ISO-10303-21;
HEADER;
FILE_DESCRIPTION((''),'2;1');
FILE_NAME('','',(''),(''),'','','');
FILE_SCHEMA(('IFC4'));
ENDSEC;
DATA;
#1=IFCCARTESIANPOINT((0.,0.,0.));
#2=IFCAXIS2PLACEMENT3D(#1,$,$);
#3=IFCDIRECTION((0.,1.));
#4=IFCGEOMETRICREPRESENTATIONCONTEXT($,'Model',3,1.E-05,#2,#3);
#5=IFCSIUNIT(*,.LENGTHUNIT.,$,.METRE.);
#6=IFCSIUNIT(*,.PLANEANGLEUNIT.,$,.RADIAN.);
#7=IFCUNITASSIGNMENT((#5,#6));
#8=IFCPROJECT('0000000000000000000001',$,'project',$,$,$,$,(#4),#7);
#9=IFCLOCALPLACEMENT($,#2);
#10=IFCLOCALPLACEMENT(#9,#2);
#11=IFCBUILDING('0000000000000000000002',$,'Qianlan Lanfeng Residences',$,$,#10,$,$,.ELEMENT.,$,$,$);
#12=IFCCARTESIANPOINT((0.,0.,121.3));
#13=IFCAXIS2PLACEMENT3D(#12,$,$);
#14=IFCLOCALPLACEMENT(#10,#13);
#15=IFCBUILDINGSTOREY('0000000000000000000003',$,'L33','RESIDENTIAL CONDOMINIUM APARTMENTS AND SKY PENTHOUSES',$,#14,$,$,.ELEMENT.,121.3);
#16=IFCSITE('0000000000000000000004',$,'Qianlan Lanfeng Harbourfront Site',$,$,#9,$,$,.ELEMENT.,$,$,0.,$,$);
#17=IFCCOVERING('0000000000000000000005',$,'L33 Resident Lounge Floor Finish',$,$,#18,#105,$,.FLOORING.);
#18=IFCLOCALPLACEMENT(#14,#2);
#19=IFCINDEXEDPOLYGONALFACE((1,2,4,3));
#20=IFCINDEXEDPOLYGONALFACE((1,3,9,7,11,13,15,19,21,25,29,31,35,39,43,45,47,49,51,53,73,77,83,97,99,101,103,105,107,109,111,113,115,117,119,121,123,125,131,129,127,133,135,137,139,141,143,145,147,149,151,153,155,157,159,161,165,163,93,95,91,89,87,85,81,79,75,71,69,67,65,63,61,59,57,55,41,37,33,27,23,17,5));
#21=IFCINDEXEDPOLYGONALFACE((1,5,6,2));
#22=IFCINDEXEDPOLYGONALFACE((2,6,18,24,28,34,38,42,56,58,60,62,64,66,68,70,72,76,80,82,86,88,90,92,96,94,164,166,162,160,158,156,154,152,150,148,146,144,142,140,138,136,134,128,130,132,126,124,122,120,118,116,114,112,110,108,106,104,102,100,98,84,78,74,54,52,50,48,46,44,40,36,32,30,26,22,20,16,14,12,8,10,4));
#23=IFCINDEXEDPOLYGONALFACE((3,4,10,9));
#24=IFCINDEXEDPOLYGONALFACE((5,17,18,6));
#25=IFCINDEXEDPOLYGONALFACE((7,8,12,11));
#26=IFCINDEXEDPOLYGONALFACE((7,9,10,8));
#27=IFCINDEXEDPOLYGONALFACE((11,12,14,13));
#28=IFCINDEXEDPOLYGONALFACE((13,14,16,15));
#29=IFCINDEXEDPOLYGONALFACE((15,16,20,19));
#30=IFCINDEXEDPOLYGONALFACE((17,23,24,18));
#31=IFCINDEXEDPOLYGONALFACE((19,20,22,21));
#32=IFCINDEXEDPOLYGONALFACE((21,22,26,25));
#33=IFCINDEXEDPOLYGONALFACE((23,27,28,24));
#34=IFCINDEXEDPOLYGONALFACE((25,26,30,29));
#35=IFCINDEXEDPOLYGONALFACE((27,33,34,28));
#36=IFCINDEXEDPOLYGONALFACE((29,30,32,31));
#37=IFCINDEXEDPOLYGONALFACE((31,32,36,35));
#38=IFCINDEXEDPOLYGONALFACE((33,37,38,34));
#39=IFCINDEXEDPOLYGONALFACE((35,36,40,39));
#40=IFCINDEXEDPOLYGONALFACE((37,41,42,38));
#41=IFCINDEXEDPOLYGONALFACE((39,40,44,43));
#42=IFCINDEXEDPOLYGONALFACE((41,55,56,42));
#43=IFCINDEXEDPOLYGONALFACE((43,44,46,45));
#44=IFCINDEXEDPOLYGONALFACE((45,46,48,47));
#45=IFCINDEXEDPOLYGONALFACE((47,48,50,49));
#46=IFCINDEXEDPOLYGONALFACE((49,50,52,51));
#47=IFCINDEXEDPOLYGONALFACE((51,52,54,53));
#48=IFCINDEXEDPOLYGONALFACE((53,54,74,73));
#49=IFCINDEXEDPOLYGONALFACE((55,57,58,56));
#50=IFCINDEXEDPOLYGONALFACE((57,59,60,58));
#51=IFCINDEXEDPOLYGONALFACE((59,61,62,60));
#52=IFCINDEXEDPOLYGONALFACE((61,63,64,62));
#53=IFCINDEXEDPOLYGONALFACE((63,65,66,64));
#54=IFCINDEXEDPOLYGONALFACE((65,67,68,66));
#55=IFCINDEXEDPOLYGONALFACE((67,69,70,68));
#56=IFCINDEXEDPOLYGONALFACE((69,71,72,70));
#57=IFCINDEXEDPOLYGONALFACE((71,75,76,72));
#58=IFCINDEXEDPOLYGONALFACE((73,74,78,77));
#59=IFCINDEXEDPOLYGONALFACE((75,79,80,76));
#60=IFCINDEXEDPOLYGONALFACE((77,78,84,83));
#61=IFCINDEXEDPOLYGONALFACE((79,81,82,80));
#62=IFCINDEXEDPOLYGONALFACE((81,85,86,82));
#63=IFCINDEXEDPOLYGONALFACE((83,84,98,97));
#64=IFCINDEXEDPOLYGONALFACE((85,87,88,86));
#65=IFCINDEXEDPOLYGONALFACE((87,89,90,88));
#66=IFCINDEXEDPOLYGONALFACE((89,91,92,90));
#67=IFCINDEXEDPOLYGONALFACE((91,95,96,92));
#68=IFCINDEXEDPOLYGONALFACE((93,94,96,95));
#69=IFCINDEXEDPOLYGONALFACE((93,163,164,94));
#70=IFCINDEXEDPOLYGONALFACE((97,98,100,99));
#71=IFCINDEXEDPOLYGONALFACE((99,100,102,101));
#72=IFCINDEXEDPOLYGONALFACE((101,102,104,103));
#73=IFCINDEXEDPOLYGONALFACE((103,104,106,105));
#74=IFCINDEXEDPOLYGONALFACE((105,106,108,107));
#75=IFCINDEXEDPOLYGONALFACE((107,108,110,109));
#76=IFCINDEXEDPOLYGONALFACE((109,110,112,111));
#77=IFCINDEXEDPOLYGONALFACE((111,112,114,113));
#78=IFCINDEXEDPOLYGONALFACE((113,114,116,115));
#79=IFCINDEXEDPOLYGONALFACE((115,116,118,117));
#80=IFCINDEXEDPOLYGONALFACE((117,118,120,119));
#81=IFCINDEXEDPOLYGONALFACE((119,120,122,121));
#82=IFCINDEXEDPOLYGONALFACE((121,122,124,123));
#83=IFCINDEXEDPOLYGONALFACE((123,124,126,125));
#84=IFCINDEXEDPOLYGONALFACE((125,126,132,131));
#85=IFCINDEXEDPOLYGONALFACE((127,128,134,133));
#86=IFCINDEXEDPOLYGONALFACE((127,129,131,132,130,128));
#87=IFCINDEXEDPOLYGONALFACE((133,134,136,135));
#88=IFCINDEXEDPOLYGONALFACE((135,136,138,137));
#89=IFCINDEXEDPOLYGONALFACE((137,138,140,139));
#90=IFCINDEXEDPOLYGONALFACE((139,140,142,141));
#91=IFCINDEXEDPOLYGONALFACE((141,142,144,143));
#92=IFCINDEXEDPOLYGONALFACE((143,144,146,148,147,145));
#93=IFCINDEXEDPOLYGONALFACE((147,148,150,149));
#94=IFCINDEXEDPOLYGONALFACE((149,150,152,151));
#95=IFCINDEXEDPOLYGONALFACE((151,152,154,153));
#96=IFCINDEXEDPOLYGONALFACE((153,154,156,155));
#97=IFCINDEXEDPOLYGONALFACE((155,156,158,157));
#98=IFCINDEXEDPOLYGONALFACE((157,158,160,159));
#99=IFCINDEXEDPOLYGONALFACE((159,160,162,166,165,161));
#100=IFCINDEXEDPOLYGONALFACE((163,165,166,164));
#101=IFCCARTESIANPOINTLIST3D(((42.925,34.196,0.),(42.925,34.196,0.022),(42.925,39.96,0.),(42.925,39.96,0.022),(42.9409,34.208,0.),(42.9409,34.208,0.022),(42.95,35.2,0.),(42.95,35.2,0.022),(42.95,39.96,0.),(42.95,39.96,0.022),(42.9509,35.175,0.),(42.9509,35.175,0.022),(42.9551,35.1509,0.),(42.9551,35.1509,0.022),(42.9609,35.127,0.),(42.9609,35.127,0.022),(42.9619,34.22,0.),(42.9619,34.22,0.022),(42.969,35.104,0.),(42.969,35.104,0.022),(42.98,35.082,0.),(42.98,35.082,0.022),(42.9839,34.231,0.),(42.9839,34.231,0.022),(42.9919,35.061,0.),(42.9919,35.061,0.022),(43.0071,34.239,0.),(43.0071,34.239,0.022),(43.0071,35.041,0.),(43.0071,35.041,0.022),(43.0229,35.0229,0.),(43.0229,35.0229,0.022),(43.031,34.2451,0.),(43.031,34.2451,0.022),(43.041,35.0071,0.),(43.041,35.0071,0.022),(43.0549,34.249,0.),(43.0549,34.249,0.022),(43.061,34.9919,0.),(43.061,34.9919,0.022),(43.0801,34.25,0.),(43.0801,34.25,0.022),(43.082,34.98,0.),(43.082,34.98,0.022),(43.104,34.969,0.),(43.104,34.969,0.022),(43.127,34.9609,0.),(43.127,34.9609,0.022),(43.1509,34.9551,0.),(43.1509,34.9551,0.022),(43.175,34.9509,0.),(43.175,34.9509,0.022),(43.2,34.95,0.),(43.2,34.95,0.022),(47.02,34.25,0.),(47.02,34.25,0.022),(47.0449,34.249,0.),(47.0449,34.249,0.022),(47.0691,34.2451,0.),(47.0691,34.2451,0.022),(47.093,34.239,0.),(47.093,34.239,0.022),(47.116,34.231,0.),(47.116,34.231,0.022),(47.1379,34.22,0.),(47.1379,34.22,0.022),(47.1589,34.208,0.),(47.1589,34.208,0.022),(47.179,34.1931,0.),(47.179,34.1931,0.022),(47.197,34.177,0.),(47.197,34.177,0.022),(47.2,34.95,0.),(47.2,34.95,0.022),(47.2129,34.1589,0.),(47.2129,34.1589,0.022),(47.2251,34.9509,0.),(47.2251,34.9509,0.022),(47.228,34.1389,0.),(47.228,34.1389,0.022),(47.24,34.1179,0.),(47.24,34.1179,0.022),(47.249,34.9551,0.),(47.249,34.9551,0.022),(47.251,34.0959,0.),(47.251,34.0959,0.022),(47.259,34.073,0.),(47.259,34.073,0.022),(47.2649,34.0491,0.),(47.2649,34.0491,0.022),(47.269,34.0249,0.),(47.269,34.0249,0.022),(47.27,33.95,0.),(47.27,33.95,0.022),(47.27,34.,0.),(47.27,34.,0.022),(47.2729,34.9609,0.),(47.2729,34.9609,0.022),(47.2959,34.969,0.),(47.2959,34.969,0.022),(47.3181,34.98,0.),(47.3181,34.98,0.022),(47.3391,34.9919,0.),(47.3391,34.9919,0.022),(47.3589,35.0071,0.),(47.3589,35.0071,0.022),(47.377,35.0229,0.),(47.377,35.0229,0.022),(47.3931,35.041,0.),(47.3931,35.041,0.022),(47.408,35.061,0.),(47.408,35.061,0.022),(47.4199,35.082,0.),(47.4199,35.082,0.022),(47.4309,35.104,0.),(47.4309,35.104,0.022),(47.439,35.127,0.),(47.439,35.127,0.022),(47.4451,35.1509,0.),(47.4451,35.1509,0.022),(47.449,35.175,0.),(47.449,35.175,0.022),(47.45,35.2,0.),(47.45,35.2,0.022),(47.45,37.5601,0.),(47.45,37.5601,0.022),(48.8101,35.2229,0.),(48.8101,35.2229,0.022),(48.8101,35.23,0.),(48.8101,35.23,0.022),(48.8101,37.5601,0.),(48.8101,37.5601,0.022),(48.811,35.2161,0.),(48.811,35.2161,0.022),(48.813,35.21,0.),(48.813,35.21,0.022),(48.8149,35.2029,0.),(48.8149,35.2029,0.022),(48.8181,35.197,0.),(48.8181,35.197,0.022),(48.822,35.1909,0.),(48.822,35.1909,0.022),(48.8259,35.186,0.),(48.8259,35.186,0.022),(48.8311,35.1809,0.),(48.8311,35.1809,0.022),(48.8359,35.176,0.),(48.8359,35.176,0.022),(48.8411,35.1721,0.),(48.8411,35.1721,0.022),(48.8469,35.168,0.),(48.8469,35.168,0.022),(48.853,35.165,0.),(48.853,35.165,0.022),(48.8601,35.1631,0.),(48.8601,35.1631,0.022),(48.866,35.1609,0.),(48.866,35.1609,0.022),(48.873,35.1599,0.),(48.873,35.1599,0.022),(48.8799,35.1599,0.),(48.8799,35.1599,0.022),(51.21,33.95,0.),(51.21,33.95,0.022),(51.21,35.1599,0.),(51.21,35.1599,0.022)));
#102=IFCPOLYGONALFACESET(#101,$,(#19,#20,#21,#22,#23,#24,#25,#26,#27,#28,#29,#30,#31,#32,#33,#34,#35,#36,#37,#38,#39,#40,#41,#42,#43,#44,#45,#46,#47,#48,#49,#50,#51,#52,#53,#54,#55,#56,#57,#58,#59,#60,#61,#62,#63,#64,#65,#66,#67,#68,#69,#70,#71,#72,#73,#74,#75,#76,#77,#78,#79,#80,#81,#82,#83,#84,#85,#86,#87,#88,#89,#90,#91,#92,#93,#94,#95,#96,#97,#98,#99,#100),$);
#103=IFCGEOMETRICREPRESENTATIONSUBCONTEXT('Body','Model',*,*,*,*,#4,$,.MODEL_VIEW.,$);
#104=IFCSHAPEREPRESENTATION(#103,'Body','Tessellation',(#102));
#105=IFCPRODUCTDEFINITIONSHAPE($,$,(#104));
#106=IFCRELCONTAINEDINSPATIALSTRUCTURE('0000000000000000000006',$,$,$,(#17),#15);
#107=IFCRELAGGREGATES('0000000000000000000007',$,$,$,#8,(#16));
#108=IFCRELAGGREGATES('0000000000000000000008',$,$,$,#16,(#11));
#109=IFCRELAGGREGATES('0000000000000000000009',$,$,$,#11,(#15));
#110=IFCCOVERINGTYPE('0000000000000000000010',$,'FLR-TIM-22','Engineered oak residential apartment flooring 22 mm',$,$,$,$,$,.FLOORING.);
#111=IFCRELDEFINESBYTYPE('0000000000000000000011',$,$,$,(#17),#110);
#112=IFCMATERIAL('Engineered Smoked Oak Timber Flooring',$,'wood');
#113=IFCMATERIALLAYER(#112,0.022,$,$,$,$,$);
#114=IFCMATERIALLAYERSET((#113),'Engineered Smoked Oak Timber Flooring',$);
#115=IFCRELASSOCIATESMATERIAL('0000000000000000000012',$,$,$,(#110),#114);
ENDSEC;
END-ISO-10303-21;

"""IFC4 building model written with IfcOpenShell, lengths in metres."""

from ifc_helpers import new_model, si_unit, direction, frame, origin, place, context, subcontext, project, spatial, polyline, outline, extrude, material, layer, layer_set, type_object, element, save


model = new_model("IFC4")

# Units and contexts
model_context = context("Model", 3, precision=1e-05, world=origin(), true_north=direction((0.0, 1.0)))
body_context = subcontext(model_context, "Body", "Model", "MODEL_VIEW")
ifc_project = project(units=[si_unit("LENGTHUNIT", "METRE"), si_unit("PLANEANGLEUNIT", "RADIAN")], contexts=[model_context])

# Site, building, storey
site_placement = place(None, origin())
site = spatial("IfcSite", under=ifc_project, at=site_placement, Name="Qianlan Lanfeng Harbourfront Site", CompositionType="ELEMENT", RefElevation=0.0)
building_placement = place(site_placement, origin())
building = spatial("IfcBuilding", under=site, at=building_placement, Name="Qianlan Lanfeng Residences", CompositionType="ELEMENT")
storey_placement = place(building_placement, frame((0.0, 0.0, 121.3)))
storey = spatial("IfcBuildingStorey", under=building, at=storey_placement, Name="L33", Description="RESIDENTIAL CONDOMINIUM APARTMENTS AND SKY PENTHOUSES", CompositionType="ELEMENT", Elevation=121.3)

# Covering
ifc_material_1 = material(Name="Engineered Smoked Oak Timber Flooring", Category="wood")
ifc_layer_1 = layer(ifc_material_1, 0.022)
ifc_layer_set_1 = layer_set([ifc_layer_1], Name="Engineered Smoked Oak Timber Flooring")
covering_type_1 = type_object("IfcCoveringType", Name="FLR-TIM-22", Description="Engineered oak residential apartment flooring 22 mm", PredefinedType="FLOORING", material=ifc_layer_set_1)
covering_1_placement = place(storey_placement, origin())
element("IfcCovering", 1, at=covering_1_placement, inside=storey, type_object=covering_type_1, Name="L33 Resident Lounge Floor Finish", PredefinedType="FLOORING", context=body_context, shape_type="SweptSolid", body=[
    extrude(outline(polyline([(42.925, 34.196), (42.9409, 34.208), (42.9619, 34.22), (42.9839, 34.231), (43.0071, 34.239), (43.031, 34.2451), (43.0549, 34.249), (43.0801, 34.25), (47.02, 34.25), (47.0449, 34.249), (47.0691, 34.2451), (47.093, 34.239), (47.116, 34.231), (47.1379, 34.22), (47.1589, 34.208), (47.179, 34.1931), (47.197, 34.177), (47.2129, 34.1589), (47.228, 34.1389), (47.24, 34.1179), (47.251, 34.0959), (47.259, 34.073), (47.2649, 34.0491), (47.269, 34.0249), (47.27, 34.0), (47.27, 33.95), (51.21, 33.95), (51.21, 35.1599), (48.8799, 35.1599), (48.873, 35.1599), (48.866, 35.1609), (48.8601, 35.1631), (48.853, 35.165), (48.8469, 35.168), (48.8411, 35.1721), (48.8359, 35.176), (48.8311, 35.1809), (48.8259, 35.186), (48.822, 35.1909), (48.8181, 35.197), (48.8149, 35.2029), (48.813, 35.21), (48.811, 35.2161), (48.8101, 35.2229), (48.8101, 35.23), (48.8101, 37.5601), (47.45, 37.5601), (47.45, 35.2), (47.449, 35.175), (47.4451, 35.1509), (47.439, 35.127), (47.4309, 35.104), (47.4199, 35.082), (47.408, 35.061), (47.3931, 35.041), (47.377, 35.0229), (47.3589, 35.0071), (47.3391, 34.9919), (47.3181, 34.98), (47.2959, 34.969), (47.2729, 34.9609), (47.249, 34.9551), (47.2251, 34.9509), (47.2, 34.95), (43.2, 34.95), (43.175, 34.9509), (43.1509, 34.9551), (43.127, 34.9609), (43.104, 34.969), (43.082, 34.98), (43.061, 34.9919), (43.041, 35.0071), (43.0229, 35.0229), (43.0071, 35.041), (42.9919, 35.061), (42.98, 35.082), (42.969, 35.104), (42.9609, 35.127), (42.9551, 35.1509), (42.9509, 35.175), (42.95, 35.2), (42.95, 39.96), (42.925, 39.96), (42.925, 34.196)])), origin(), (0.0, 0.0, 1.0), 0.022),
])

save(model, "model.ifc")
